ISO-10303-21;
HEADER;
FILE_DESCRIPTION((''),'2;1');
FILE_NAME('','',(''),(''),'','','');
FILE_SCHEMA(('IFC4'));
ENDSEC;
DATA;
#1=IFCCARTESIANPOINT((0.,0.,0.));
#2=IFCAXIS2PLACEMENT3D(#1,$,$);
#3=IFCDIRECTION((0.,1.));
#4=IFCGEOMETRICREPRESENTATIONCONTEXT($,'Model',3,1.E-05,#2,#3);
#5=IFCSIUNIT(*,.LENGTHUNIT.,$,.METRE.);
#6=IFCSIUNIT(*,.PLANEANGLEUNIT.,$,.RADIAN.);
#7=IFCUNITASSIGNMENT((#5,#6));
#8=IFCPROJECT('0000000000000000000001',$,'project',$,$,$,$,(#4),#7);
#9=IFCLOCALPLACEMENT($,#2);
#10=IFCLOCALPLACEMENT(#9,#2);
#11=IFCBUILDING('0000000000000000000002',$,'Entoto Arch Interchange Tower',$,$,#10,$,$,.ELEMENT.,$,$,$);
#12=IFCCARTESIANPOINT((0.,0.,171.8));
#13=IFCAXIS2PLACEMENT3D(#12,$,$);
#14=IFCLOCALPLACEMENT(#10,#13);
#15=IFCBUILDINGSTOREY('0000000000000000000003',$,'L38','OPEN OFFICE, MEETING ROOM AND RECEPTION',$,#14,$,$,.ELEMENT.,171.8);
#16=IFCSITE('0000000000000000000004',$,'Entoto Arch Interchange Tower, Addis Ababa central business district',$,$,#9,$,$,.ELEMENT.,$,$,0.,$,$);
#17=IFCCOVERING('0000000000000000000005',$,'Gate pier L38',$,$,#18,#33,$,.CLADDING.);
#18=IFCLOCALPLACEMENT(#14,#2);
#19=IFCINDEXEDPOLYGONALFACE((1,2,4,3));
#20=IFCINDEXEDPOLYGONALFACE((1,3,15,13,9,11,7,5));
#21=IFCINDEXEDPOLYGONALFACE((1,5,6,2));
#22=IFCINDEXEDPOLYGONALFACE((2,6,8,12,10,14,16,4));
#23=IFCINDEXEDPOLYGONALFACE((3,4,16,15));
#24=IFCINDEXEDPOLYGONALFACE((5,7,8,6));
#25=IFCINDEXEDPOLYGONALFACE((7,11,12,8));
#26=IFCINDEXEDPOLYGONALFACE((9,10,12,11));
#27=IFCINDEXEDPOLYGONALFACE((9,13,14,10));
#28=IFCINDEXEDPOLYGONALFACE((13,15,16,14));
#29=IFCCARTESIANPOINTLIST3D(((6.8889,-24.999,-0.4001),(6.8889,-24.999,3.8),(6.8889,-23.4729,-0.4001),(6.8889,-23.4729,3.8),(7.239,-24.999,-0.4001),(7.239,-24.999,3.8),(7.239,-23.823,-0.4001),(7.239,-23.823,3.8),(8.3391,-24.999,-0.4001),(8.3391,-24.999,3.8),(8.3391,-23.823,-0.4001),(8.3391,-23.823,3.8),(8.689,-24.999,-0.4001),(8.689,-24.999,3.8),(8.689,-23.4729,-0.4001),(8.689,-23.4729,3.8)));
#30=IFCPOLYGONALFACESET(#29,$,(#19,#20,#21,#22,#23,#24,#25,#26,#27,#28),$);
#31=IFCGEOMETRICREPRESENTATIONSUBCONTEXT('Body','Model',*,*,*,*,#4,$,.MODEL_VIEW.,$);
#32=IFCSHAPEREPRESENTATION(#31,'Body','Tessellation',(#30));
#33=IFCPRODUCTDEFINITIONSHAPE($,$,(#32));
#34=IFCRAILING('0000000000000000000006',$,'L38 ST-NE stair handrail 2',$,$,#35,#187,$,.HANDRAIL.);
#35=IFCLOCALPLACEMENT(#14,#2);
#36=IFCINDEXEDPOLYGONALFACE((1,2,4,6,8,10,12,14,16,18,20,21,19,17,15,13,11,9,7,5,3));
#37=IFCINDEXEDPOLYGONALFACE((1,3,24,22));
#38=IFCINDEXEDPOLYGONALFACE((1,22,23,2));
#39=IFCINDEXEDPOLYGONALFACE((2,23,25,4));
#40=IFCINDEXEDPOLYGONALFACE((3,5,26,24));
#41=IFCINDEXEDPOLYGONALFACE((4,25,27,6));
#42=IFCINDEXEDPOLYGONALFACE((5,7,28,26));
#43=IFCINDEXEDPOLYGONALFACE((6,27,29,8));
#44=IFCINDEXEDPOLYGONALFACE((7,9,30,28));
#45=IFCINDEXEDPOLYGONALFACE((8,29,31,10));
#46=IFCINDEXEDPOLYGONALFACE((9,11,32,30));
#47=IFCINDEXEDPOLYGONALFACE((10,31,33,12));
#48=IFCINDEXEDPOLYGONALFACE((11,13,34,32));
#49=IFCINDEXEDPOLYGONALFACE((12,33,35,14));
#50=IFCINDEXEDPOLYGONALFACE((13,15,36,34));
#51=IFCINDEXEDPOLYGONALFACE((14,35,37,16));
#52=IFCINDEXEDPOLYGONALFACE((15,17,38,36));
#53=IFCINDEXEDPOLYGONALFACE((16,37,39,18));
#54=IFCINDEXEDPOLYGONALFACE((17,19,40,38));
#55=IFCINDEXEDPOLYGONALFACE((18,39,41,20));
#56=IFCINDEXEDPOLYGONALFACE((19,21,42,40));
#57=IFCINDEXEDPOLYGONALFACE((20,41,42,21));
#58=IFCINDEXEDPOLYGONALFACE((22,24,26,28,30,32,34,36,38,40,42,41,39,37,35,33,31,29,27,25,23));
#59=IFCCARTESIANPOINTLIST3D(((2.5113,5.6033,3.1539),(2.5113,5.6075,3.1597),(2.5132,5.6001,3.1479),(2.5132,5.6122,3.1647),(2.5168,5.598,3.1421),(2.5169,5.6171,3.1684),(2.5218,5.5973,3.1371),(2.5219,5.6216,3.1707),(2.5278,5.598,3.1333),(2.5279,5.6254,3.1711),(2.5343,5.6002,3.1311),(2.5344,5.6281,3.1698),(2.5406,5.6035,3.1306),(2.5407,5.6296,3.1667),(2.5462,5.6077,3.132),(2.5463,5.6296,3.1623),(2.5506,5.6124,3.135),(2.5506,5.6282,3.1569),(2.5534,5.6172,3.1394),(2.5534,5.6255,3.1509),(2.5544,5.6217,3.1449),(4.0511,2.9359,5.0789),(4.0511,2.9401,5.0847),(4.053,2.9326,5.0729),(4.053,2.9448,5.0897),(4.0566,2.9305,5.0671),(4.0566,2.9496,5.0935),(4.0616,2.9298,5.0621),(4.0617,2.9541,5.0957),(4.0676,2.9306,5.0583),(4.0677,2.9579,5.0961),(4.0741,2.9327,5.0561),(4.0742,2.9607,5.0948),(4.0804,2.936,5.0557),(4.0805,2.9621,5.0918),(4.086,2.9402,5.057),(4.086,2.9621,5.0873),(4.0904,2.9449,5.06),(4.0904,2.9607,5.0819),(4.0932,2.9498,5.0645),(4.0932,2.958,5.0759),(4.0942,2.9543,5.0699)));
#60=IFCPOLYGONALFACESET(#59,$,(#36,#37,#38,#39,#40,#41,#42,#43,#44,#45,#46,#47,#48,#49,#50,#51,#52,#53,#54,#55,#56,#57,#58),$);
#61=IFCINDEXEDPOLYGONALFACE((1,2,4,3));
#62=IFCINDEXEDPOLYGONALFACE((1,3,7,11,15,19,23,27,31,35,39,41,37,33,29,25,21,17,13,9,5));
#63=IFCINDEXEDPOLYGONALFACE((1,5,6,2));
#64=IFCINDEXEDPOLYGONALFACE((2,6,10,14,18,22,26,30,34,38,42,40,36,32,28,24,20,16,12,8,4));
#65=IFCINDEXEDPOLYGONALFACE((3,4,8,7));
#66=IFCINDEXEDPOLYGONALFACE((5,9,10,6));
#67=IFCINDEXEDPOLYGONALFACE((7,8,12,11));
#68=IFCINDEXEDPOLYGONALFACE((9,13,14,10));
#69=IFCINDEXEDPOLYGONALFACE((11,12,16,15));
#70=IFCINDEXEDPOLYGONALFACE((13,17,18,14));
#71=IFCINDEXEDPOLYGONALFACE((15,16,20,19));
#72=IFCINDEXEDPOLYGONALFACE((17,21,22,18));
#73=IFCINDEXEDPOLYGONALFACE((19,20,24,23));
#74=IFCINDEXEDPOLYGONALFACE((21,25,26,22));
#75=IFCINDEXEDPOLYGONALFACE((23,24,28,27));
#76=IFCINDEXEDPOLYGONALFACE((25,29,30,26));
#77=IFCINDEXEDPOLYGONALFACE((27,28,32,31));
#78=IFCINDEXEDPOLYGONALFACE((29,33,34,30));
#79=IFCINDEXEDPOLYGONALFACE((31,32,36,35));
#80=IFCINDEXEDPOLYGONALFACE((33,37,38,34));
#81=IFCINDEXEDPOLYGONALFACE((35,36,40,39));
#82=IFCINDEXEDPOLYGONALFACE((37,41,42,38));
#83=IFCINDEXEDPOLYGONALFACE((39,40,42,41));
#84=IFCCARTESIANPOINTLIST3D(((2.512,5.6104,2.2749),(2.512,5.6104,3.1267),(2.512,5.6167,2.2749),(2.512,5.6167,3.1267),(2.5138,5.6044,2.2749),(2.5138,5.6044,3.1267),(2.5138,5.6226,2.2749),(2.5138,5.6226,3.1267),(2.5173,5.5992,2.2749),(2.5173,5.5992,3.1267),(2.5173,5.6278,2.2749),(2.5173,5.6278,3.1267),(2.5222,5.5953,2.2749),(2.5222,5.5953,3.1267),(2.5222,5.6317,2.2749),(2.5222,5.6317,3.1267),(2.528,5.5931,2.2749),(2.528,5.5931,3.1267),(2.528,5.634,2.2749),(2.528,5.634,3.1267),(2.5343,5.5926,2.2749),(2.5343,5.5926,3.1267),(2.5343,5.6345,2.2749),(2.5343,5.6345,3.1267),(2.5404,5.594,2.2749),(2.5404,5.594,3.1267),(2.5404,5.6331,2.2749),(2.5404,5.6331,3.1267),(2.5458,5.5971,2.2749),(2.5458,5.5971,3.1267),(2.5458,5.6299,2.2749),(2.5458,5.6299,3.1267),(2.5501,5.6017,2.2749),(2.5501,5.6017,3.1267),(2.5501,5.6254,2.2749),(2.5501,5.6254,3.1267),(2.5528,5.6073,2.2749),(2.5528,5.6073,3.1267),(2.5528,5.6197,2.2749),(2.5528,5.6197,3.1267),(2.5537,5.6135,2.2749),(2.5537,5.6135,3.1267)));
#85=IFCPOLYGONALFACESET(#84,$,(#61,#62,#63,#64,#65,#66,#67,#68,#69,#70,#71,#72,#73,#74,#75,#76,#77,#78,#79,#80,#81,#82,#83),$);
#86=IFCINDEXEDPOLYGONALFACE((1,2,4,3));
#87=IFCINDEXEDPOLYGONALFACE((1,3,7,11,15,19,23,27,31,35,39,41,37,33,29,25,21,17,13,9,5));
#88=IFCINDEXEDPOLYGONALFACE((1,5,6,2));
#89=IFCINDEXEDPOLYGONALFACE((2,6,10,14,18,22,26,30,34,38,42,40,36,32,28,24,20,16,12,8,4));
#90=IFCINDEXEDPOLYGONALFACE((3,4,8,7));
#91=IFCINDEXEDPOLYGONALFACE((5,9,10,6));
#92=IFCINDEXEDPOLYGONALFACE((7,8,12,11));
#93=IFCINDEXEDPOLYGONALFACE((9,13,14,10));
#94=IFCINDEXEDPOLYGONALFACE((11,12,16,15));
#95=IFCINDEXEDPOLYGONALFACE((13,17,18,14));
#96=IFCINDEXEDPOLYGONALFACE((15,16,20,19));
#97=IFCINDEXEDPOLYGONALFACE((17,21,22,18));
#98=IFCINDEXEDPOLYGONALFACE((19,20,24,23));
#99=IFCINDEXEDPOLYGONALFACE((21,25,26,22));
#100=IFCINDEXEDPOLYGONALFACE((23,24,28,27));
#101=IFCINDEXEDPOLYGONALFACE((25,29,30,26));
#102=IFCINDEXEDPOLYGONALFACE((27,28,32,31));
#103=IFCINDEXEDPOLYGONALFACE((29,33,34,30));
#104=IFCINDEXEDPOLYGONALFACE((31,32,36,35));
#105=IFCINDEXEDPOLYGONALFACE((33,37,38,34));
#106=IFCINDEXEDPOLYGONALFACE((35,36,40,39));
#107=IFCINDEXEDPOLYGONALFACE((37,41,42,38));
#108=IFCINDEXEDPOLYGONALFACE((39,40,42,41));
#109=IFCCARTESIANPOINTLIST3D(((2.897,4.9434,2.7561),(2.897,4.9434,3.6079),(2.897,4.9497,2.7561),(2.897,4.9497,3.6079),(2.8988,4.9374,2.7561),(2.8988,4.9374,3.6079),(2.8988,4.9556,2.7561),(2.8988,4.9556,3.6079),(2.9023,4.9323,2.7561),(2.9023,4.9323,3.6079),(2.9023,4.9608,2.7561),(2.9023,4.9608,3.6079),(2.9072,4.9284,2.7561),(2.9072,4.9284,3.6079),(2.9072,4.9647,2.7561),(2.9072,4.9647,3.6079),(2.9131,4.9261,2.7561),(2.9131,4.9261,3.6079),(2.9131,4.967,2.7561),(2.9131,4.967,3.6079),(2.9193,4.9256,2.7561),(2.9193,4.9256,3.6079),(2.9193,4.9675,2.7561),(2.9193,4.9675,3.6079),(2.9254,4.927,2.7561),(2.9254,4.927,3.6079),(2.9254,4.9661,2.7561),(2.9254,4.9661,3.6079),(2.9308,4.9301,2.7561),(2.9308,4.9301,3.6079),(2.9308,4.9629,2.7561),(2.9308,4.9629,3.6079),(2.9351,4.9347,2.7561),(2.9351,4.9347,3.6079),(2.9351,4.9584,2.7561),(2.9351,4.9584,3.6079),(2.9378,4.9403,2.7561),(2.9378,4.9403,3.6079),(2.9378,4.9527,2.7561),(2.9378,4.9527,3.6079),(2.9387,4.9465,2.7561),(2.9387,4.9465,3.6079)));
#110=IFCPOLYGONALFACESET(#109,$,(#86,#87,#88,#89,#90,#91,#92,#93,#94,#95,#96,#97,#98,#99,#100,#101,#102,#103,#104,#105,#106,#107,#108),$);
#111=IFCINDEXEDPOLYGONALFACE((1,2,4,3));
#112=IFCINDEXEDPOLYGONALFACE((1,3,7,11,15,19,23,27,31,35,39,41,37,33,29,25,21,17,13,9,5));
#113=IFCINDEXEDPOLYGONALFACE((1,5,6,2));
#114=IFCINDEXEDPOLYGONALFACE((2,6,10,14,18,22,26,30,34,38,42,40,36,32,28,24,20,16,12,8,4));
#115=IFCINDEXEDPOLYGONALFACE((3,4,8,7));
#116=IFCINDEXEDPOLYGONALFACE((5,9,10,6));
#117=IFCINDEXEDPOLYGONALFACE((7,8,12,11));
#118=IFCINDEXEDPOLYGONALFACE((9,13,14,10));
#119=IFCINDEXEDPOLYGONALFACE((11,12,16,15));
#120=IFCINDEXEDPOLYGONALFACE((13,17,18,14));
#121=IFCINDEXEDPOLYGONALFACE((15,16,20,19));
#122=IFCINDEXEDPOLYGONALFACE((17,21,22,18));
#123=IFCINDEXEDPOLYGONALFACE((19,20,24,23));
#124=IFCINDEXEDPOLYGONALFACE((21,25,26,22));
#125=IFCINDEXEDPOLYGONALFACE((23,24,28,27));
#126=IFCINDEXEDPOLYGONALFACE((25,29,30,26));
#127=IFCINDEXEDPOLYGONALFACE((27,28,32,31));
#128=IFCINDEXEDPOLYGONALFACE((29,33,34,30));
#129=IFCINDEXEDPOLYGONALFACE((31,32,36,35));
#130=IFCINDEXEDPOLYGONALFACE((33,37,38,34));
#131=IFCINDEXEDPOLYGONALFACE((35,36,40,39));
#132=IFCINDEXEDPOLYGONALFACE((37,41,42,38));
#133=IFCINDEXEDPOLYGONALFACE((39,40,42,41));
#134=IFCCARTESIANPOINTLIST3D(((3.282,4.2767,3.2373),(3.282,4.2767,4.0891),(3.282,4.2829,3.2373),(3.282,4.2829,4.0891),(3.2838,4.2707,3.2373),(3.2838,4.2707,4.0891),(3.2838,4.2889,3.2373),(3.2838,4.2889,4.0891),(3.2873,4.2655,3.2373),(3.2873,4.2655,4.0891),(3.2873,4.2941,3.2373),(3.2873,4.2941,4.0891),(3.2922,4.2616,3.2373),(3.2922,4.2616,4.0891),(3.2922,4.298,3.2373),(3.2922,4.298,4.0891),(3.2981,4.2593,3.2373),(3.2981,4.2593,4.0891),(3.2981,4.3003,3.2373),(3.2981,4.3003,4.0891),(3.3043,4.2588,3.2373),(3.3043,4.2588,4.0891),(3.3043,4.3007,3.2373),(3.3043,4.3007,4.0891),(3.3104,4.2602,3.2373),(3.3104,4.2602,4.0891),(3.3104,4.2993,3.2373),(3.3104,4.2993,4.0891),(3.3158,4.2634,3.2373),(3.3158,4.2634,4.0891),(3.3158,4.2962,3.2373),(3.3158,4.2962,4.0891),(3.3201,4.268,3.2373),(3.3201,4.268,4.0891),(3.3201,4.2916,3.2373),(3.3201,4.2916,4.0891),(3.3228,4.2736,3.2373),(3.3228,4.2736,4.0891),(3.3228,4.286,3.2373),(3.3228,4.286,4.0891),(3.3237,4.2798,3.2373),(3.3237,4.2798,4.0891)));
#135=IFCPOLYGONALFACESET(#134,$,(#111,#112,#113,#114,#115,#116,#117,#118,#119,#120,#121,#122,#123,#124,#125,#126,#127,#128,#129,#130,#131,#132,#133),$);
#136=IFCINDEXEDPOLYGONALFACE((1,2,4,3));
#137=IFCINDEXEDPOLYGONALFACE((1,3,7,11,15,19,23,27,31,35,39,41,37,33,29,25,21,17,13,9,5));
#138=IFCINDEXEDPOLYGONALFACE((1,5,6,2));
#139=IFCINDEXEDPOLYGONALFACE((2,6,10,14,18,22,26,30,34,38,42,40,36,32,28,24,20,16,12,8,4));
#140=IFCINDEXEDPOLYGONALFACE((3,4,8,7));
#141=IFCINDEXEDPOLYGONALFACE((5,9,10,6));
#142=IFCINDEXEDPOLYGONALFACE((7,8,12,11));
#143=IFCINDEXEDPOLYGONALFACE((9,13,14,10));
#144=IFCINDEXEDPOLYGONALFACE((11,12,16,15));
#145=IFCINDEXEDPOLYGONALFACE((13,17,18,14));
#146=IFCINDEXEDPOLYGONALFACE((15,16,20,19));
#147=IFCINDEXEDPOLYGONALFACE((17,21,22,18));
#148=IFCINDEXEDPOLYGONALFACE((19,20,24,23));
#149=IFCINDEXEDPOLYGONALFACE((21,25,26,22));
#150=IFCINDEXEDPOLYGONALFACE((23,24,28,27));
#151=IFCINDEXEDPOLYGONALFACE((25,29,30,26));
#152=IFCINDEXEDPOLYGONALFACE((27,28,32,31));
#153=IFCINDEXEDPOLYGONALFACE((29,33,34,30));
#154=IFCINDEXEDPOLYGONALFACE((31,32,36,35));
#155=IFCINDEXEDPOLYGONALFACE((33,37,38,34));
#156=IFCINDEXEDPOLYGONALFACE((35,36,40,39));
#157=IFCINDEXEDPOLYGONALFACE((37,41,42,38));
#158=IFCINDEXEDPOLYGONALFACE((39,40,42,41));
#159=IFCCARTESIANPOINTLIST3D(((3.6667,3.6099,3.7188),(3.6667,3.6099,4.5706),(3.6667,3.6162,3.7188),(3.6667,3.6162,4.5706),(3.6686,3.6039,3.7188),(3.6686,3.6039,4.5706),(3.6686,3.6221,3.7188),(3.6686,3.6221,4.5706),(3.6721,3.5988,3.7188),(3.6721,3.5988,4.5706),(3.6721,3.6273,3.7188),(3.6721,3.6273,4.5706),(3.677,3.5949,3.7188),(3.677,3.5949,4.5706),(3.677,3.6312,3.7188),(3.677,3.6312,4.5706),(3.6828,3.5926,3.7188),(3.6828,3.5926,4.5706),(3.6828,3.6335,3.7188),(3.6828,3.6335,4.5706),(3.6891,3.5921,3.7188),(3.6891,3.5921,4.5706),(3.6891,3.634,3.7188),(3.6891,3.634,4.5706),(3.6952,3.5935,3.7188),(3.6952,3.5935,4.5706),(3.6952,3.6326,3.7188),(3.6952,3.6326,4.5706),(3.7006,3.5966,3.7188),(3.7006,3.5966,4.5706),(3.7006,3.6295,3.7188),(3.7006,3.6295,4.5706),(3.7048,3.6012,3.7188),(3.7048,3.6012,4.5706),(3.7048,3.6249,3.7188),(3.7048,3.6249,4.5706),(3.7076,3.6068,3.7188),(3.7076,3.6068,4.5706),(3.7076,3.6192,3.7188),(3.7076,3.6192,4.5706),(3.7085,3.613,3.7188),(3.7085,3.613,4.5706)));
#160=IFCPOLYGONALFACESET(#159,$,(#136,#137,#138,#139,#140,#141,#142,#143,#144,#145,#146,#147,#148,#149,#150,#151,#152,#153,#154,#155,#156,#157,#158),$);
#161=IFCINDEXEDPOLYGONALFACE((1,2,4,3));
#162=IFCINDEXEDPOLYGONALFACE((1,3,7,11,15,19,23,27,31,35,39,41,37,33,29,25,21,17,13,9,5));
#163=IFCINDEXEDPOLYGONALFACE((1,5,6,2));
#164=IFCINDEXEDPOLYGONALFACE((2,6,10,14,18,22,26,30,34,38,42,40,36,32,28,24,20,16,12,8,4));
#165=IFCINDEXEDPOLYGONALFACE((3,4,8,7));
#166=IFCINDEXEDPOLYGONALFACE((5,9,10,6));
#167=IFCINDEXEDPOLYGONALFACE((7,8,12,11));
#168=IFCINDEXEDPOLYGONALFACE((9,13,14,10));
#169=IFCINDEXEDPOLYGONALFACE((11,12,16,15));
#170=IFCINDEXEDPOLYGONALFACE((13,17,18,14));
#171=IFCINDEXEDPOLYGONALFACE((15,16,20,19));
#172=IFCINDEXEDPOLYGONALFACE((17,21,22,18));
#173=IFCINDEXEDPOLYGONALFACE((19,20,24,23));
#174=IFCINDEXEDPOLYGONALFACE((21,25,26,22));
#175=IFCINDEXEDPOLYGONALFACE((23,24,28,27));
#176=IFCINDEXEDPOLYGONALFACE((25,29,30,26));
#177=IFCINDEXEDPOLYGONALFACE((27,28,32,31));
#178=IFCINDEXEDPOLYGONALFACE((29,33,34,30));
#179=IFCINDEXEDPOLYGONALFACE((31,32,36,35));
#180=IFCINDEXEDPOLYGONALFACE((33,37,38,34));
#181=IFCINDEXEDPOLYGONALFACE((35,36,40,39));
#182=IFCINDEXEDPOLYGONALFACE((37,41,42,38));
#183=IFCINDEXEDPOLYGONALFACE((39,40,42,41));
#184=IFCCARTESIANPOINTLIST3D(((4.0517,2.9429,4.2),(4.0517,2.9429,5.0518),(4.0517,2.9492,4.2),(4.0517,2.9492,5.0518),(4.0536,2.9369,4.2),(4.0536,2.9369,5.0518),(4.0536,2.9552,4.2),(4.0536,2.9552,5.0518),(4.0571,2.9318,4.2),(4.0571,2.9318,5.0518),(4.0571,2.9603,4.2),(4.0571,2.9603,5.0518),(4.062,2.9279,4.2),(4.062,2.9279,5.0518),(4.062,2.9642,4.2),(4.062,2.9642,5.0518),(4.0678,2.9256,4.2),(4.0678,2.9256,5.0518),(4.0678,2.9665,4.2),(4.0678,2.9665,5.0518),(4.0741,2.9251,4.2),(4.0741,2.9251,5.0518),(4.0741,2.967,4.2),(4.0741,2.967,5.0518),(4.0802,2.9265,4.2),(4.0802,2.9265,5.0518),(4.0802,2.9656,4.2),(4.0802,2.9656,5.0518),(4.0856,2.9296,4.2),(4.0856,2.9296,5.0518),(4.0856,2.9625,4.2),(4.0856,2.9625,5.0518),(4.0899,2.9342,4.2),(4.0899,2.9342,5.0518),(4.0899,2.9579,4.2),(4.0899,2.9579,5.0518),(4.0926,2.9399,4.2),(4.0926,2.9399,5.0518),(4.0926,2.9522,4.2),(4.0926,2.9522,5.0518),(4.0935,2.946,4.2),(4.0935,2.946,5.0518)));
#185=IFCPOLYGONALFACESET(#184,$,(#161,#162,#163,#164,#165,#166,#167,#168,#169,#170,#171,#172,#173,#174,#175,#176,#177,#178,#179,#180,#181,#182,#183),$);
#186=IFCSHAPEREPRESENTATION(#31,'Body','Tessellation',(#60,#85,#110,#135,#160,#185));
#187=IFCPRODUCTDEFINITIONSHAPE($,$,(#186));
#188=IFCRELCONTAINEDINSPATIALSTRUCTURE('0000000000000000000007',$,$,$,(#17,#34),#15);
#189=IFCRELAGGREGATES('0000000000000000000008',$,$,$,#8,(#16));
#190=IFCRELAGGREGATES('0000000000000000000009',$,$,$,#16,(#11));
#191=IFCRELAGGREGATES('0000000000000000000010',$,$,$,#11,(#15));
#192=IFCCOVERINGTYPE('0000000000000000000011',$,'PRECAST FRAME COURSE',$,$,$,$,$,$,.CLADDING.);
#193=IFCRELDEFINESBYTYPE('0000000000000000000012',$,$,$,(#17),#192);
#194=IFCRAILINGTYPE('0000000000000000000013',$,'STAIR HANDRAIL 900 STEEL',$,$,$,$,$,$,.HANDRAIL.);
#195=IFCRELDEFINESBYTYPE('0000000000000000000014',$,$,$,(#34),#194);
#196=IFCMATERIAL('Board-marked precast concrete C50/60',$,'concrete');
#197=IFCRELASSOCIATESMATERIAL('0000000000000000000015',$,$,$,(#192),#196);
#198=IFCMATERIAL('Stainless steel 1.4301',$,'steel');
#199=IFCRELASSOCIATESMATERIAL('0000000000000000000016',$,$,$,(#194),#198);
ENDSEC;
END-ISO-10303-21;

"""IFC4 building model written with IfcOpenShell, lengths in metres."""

from ifc_helpers import new_model, si_unit, direction, frame, origin, origin_2d, place, context, subcontext, project, spatial, polyline, circle, outline, extrude, material, type_object, element, save


model = new_model("IFC4")

# Units and contexts
model_context = context("Model", 3, precision=1e-05, world=origin(), true_north=direction((0.0, 1.0)))
body_context = subcontext(model_context, "Body", "Model", "MODEL_VIEW")
ifc_project = project(units=[si_unit("LENGTHUNIT", "METRE"), si_unit("PLANEANGLEUNIT", "RADIAN")], contexts=[model_context])

# Site, building, storey
site_placement = place(None, origin())
site = spatial("IfcSite", under=ifc_project, at=site_placement, Name="Entoto Arch Interchange Tower, Addis Ababa central business district", CompositionType="ELEMENT", RefElevation=0.0)
building_placement = place(site_placement, origin())
building = spatial("IfcBuilding", under=site, at=building_placement, Name="Entoto Arch Interchange Tower", CompositionType="ELEMENT")
storey_placement = place(building_placement, frame((0.0, 0.0, 171.8)))
storey = spatial("IfcBuildingStorey", under=building, at=storey_placement, Name="L38", Description="OPEN OFFICE, MEETING ROOM AND RECEPTION", CompositionType="ELEMENT", Elevation=171.8)

# Shared definitions
ifc_material_1 = material(Name="Board-marked precast concrete C50/60", Category="concrete")

# Covering
covering_type = type_object("IfcCoveringType", Name="PRECAST FRAME COURSE", PredefinedType="CLADDING", material=ifc_material_1)
covering_1_placement = place(storey_placement, frame((0.0, 0.0, -0.4001)))
element("IfcCovering", 1, at=covering_1_placement, inside=storey, type_object=covering_type, Name="Gate pier L38", PredefinedType="CLADDING", context=body_context, shape_type="SweptSolid", body=[
    extrude(outline(polyline([(6.8889, -23.4729), (8.689, -23.4729), (8.689, -24.999), (8.3391, -24.999), (8.3391, -23.823), (7.239, -23.823), (7.239, -24.999), (6.8889, -24.999), (6.8889, -23.4729)])), origin(), (0.0, 0.0, 1.0), 4.2002),
])

# Railing
ifc_material_2 = material(Name="Stainless steel 1.4301", Category="steel")
railing_type = type_object("IfcRailingType", Name="STAIR HANDRAIL 900 STEEL", PredefinedType="HANDRAIL", material=ifc_material_2)
railing_placement = place(storey_placement, frame((2.5327, 5.6135, 2.2749)))
element("IfcRailing", 2, at=railing_placement, inside=storey, type_object=railing_type, Name="L38 ST-NE stair handrail 2", PredefinedType="HANDRAIL", context=body_context, shape_type="SweptSolid", body=[
    extrude(circle(Radius=0.0239, at=origin_2d()), frame((0.0, 0.0, 0.876), z_axis=(0.423939, -0.734416, 0.530008), x_axis=(0.866064, 0.499933, 0.0)), (0.0, 0.0, 1.0), 3.6321),
    extrude(circle(Radius=0.021, at=origin_2d()), origin(), (0.0, 0.0, 1.0), 0.8518),
    extrude(circle(Radius=0.021, at=origin_2d()), frame((0.385, -0.667, 0.4812)), (0.0, 0.0, 1.0), 0.8518),
    extrude(circle(Radius=0.021, at=origin_2d()), frame((0.77, -1.3337, 0.9624)), (0.0, 0.0, 1.0), 0.8518),
    extrude(circle(Radius=0.021, at=origin_2d()), frame((1.1548, -2.0005, 1.4438)), (0.0, 0.0, 1.0), 0.8518),
    extrude(circle(Radius=0.021, at=origin_2d()), frame((1.5398, -2.6675, 1.925)), (0.0, 0.0, 1.0), 0.8518),
])

save(model, "model.ifc")
